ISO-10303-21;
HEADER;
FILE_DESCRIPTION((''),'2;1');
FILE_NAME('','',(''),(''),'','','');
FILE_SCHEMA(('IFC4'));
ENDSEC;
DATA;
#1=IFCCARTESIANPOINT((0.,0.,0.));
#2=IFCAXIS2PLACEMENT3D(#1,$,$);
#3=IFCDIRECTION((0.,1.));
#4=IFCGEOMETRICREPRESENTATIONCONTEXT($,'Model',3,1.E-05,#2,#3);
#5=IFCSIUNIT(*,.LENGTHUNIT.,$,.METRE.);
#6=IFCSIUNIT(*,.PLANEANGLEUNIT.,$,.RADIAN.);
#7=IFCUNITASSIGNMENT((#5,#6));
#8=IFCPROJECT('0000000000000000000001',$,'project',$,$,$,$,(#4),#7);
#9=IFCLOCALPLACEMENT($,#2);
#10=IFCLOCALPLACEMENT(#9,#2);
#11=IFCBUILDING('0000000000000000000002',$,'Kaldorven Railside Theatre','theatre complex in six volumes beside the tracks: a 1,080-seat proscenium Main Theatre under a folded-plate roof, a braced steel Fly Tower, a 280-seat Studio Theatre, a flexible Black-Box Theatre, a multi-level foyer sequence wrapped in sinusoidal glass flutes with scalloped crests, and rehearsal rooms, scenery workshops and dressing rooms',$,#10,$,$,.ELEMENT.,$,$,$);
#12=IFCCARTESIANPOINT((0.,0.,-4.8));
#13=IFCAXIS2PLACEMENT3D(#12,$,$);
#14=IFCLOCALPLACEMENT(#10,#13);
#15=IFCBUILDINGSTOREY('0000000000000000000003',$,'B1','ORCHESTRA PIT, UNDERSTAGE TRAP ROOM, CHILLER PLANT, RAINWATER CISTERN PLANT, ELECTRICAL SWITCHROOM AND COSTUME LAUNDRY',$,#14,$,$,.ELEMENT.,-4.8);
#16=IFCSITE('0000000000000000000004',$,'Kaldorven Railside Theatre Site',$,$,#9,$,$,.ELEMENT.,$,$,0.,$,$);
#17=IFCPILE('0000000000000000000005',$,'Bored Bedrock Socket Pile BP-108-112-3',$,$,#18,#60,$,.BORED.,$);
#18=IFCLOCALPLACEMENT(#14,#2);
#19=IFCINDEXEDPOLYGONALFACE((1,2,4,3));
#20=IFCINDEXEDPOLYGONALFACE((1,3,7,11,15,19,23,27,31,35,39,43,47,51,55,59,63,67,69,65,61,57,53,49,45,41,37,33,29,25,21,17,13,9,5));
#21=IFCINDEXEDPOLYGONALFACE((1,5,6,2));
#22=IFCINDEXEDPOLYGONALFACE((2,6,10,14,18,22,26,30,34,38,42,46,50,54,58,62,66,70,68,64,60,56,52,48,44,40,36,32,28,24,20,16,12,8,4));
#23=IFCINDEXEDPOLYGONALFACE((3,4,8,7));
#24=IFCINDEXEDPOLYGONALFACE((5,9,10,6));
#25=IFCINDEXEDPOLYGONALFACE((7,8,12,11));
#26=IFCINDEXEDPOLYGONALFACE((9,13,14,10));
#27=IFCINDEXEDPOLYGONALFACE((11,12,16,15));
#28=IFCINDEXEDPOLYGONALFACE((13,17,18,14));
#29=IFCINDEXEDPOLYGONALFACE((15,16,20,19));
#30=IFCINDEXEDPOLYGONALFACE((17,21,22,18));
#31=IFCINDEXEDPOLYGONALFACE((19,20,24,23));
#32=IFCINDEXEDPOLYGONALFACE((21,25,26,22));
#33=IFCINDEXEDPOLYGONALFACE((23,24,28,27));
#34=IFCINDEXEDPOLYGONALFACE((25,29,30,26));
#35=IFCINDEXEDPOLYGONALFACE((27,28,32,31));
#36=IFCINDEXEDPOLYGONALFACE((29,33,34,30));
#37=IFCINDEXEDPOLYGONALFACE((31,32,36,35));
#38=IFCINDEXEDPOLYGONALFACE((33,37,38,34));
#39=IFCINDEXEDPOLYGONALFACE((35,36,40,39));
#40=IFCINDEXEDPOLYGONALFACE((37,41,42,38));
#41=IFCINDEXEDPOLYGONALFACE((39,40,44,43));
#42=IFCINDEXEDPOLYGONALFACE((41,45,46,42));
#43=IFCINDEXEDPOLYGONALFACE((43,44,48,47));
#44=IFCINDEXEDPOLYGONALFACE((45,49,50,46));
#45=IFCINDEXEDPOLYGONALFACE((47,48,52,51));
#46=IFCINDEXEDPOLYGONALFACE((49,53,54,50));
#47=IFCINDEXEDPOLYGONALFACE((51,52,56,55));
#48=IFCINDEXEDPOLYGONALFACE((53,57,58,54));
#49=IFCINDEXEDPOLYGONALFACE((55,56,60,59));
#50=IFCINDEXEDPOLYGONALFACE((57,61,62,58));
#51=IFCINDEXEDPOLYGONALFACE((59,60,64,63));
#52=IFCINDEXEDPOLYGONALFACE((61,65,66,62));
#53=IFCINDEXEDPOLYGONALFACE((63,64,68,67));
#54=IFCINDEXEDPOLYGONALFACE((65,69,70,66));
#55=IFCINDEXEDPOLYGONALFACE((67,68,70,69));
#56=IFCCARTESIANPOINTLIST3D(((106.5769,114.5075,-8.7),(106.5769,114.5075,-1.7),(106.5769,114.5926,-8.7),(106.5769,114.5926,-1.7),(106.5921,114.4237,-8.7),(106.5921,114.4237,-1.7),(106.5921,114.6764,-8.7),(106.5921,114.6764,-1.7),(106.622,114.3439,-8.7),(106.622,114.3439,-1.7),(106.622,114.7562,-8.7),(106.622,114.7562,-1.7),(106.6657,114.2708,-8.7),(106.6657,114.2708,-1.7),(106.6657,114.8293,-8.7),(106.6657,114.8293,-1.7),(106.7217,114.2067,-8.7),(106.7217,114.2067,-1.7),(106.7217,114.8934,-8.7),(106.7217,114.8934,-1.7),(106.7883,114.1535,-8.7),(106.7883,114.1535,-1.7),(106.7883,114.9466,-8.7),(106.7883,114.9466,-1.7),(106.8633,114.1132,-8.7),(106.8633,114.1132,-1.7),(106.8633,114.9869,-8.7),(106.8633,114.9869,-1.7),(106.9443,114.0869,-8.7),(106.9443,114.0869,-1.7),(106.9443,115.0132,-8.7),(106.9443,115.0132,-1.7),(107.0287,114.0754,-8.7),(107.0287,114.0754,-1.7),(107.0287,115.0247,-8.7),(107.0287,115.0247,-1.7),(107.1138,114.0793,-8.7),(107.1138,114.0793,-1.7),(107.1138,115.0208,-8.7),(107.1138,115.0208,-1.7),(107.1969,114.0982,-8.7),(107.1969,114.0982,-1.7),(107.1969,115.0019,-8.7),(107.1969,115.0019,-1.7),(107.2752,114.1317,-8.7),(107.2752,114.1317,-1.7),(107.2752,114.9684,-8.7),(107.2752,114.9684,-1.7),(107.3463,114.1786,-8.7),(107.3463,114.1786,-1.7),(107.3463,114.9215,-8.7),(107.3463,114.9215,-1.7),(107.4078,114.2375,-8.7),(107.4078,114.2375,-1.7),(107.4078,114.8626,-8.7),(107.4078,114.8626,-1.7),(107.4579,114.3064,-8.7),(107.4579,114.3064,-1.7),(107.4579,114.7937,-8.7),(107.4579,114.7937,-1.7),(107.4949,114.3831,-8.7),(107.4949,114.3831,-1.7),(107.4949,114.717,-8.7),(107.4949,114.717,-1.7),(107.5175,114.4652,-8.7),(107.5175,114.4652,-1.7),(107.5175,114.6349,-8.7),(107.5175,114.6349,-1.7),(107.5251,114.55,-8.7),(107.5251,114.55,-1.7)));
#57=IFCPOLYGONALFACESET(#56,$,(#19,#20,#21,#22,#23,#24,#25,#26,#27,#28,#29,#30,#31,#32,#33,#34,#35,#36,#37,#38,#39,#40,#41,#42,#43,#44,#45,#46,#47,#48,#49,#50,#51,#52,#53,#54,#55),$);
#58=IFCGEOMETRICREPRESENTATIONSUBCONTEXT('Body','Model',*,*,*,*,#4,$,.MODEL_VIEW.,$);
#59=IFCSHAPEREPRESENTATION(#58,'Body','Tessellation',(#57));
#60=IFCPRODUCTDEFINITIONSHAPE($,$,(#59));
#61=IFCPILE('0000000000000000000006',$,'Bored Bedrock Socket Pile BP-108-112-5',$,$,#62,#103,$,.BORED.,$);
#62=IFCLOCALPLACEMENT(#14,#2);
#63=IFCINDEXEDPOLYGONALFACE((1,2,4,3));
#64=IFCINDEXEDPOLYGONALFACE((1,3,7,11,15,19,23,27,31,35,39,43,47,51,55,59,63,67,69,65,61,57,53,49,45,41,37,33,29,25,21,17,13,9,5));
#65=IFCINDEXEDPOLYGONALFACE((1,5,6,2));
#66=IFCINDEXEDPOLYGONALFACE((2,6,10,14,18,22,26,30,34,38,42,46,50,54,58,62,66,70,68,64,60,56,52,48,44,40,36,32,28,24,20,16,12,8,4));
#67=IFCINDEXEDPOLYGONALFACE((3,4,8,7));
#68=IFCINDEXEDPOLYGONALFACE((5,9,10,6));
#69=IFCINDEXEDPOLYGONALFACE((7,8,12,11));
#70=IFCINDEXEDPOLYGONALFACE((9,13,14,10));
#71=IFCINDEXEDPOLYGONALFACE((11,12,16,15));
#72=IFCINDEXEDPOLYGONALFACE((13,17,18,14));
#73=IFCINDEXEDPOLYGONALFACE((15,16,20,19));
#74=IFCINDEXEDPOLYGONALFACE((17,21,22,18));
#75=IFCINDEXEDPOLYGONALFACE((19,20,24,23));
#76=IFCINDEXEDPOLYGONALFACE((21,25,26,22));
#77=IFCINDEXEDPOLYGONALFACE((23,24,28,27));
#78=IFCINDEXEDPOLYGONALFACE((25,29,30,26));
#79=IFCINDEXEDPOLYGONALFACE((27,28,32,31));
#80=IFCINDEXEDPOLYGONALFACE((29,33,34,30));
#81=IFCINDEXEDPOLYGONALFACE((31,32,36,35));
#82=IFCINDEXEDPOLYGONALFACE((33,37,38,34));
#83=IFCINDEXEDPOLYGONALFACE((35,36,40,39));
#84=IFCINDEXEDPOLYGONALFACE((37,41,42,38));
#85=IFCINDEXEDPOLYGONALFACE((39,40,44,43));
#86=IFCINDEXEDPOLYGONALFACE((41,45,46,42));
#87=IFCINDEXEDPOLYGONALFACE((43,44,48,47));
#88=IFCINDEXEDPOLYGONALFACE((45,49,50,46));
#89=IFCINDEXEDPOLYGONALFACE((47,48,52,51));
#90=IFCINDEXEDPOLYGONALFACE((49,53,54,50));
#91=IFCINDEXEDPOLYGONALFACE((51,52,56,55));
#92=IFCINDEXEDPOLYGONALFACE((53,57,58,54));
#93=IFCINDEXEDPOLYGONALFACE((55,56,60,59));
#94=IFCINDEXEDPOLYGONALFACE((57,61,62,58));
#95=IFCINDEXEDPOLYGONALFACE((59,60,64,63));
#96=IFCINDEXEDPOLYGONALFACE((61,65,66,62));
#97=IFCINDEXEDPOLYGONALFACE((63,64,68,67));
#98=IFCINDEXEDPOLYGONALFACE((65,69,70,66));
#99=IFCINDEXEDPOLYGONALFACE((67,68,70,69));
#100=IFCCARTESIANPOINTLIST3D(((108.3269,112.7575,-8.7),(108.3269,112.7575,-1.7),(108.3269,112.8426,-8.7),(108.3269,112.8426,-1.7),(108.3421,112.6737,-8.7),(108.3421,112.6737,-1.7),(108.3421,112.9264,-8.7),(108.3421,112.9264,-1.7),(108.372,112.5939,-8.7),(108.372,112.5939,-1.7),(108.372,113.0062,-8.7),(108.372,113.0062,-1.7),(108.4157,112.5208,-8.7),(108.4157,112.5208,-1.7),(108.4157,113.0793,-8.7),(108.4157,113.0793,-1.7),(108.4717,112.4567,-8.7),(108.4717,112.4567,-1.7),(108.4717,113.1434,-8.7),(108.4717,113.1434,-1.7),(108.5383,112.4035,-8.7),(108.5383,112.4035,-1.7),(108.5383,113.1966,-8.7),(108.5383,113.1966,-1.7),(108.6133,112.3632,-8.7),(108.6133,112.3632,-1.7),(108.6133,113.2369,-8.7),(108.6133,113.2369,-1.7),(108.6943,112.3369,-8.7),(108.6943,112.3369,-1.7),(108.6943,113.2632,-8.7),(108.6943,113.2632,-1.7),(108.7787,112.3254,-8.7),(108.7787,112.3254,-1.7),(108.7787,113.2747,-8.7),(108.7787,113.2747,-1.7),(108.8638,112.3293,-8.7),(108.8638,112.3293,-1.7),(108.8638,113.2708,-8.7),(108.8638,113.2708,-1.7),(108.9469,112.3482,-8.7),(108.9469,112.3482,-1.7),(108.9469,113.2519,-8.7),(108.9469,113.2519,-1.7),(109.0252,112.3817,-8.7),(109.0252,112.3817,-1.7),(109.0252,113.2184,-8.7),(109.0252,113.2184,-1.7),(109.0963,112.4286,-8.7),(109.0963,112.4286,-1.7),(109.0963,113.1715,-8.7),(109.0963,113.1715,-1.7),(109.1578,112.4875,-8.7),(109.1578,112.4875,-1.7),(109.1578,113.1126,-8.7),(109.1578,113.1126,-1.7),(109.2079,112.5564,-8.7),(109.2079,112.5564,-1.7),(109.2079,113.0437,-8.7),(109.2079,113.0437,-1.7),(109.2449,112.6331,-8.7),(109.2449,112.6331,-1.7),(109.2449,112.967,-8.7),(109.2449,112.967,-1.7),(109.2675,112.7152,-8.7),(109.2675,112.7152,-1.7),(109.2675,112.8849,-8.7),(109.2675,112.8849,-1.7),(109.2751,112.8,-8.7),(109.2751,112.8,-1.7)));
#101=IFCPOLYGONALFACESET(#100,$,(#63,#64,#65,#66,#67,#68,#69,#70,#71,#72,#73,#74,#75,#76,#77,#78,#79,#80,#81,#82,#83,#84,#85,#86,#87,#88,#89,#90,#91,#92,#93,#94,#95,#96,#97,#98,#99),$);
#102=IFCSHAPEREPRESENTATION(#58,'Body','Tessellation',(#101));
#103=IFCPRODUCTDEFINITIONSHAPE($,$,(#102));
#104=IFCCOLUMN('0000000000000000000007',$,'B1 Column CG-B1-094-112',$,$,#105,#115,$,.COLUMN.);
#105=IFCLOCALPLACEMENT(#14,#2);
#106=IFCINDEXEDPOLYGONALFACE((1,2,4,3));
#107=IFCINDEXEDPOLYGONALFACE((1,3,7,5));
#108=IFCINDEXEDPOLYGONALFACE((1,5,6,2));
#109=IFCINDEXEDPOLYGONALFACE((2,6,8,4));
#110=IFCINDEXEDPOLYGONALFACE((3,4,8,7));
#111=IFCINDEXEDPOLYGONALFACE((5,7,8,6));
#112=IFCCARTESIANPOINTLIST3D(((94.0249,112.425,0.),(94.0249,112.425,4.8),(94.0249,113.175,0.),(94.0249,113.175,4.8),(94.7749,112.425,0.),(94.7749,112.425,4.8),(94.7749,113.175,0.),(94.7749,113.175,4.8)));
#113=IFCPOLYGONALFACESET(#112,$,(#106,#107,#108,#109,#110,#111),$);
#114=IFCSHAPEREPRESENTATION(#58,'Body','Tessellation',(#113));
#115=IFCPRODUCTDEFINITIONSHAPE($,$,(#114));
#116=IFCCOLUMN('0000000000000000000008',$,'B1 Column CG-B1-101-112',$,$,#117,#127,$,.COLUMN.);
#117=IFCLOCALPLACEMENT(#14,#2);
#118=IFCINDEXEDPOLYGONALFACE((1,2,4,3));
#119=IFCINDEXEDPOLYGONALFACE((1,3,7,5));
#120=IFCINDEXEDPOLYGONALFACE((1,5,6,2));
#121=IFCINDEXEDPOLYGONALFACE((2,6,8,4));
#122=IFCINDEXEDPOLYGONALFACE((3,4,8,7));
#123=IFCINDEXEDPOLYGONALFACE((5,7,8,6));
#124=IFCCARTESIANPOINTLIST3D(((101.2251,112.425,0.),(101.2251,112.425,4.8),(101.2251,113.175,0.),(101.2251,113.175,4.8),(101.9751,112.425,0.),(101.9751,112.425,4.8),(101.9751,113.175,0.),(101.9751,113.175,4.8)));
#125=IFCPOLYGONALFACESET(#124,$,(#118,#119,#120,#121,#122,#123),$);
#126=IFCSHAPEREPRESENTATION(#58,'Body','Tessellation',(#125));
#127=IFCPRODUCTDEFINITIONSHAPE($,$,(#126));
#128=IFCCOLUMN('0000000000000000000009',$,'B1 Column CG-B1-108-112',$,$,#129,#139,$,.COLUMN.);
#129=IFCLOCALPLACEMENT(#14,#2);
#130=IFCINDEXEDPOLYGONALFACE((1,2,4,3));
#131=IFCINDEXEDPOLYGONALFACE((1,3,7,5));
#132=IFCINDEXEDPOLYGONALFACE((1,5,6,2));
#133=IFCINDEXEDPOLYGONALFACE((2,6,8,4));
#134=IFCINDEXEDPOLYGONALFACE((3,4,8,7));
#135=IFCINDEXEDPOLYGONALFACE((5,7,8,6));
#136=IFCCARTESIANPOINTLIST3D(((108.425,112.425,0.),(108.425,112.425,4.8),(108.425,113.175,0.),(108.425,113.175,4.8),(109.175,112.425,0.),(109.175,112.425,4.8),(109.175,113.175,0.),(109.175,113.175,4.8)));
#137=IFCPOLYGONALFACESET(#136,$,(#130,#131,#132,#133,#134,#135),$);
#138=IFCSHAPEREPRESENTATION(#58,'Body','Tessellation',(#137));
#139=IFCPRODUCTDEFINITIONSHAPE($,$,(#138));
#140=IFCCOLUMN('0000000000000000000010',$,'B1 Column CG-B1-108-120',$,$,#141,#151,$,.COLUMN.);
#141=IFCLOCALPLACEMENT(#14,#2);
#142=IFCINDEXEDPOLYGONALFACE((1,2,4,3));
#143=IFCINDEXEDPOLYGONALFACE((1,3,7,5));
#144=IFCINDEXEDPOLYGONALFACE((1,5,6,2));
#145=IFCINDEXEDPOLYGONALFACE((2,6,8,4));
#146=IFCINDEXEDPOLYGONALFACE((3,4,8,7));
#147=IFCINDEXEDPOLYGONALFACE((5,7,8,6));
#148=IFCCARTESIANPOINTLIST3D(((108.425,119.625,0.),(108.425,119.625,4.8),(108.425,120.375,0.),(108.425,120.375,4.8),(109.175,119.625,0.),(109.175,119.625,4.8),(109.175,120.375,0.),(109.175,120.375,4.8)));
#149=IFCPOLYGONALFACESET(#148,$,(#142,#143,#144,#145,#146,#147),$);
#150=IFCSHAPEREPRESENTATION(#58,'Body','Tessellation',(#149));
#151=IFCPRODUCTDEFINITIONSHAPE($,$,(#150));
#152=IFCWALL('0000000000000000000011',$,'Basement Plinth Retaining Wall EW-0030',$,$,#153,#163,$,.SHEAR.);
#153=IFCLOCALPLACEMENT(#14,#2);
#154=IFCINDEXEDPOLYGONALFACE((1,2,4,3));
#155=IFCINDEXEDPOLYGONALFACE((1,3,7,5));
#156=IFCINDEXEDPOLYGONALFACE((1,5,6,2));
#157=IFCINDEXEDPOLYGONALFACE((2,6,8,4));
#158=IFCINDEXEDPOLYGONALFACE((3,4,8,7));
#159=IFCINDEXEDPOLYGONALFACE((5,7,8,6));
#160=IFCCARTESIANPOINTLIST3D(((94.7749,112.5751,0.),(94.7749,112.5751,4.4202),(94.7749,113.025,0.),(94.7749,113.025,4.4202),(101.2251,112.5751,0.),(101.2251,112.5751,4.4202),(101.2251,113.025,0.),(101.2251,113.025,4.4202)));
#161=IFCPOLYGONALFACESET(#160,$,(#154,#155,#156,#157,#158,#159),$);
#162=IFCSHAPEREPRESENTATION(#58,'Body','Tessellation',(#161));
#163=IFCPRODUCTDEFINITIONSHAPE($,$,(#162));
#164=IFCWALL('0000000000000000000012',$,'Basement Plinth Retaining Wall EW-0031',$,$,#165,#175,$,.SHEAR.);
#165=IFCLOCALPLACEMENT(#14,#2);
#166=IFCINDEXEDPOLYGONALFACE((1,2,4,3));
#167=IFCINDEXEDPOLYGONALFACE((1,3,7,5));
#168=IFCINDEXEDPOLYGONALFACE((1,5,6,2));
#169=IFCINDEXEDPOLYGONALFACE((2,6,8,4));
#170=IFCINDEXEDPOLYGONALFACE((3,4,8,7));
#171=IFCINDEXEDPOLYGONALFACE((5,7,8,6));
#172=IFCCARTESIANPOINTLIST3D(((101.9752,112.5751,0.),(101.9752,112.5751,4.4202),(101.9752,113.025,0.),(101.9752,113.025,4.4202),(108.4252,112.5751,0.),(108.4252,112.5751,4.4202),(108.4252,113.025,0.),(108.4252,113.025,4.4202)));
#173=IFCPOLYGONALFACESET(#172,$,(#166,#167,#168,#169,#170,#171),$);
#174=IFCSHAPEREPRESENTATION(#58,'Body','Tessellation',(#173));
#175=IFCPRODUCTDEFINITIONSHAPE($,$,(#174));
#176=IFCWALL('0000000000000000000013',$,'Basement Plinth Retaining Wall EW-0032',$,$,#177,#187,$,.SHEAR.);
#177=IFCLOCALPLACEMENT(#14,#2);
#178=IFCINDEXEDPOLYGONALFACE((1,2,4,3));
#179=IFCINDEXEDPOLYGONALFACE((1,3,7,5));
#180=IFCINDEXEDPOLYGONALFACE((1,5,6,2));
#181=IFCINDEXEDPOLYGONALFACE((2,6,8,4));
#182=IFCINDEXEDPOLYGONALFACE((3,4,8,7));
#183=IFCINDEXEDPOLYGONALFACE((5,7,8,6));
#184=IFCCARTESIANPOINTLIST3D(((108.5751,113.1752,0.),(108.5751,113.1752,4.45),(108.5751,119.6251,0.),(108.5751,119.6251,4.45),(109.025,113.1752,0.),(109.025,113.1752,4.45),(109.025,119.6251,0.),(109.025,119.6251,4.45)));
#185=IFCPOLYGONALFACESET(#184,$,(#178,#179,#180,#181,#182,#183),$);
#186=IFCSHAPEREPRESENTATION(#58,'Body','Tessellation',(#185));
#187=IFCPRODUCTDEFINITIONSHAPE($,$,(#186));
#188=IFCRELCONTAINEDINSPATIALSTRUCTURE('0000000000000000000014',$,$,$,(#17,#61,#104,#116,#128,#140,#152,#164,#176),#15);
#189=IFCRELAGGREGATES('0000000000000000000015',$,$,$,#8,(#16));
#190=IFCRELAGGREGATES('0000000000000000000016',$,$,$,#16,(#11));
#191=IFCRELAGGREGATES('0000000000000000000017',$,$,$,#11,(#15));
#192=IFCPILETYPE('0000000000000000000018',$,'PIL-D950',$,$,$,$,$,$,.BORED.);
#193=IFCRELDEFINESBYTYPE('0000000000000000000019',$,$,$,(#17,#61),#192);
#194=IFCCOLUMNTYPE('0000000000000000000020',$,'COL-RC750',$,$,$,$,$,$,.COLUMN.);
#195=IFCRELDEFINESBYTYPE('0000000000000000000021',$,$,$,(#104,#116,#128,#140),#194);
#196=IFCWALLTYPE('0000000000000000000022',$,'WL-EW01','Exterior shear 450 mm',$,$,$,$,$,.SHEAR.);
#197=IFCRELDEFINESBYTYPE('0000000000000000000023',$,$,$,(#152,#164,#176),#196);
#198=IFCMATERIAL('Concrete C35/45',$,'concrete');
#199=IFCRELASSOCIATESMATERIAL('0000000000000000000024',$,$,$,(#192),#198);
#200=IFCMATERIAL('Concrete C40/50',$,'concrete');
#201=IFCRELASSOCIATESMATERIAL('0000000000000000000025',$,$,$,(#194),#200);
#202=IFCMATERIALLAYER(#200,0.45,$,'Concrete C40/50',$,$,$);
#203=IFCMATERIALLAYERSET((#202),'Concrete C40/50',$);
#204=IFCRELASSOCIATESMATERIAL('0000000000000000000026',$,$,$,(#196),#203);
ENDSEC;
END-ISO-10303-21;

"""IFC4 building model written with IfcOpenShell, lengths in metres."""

from ifc_helpers import new_model, si_unit, direction, frame, frame_2d, origin, origin_2d, place, context, subcontext, project, spatial, rectangle, circle, extrude, material, layer, layer_set, material_profile, profile_set, type_object, element, save


model = new_model("IFC4")

# Units and contexts
model_context = context("Model", 3, precision=1e-05, world=origin(), true_north=direction((0.0, 1.0)))
body_context = subcontext(model_context, "Body", "Model", "MODEL_VIEW")
ifc_project = project(units=[si_unit("LENGTHUNIT", "METRE"), si_unit("PLANEANGLEUNIT", "RADIAN")], contexts=[model_context])

# Site, building, storey
site_placement = place(None, origin())
site = spatial("IfcSite", under=ifc_project, at=site_placement, Name="Kaldorven Railside Theatre Site", CompositionType="ELEMENT", RefElevation=0.0)
building_placement = place(site_placement, origin())
building = spatial("IfcBuilding", under=site, at=building_placement, Name="Kaldorven Railside Theatre", Description="theatre complex in six volumes beside the tracks: a 1,080-seat proscenium Main Theatre under a folded-plate roof, a braced steel Fly Tower, a 280-seat Studio Theatre, a flexible Black-Box Theatre, a multi-level foyer sequence wrapped in sinusoidal glass flutes with scalloped crests, and rehearsal rooms, scenery workshops and dressing rooms", CompositionType="ELEMENT")
storey_placement = place(building_placement, frame((0.0, 0.0, -4.8)))
storey = spatial("IfcBuildingStorey", under=building, at=storey_placement, Name="B1", Description="ORCHESTRA PIT, UNDERSTAGE TRAP ROOM, CHILLER PLANT, RAINWATER CISTERN PLANT, ELECTRICAL SWITCHROOM AND COSTUME LAUNDRY", CompositionType="ELEMENT", Elevation=-4.8)

# Shared definitions
ifc_material_1 = material(Name="Concrete C40/50", Category="concrete")

# Piles
ifc_material_2 = material(Name="Concrete C35/45", Category="concrete")
ifc_material_profile_1 = material_profile(ifc_material_2, circle(Radius=0.4751, at=origin_2d()), Name="BP D950")
ifc_profile_set_1 = profile_set([ifc_material_profile_1], Name="Concrete C35/45")
pile_type_1 = type_object("IfcPileType", Name="PIL-D950", PredefinedType="BORED", material=ifc_profile_set_1)
for number, where, z_axis, x_axis, name in (
    (1, (107.05, 114.55, -1.7), (0.0, 0.0, -1.0), (1.0, 0.0, 0.0), "Bored Bedrock Socket Pile BP-108-112-3"),
    (2, (108.8, 112.8, -1.7), (0.0, 0.0, -1.0), (1.0, 0.0, 0.0), "Bored Bedrock Socket Pile BP-108-112-5"),
):
    element("IfcPile", number, at=place(storey_placement, frame(where, z_axis=z_axis, x_axis=x_axis)), inside=storey, type_object=pile_type_1, Name=name, PredefinedType="BORED", context=body_context, shape_type="SweptSolid", body=[
        extrude(circle(Radius=0.4751, at=origin_2d()), origin(), (0.0, 0.0, 1.0), 7.0),
    ])

# Columns
ifc_material_profile_2 = material_profile(ifc_material_1, rectangle(XDim=0.75, YDim=0.75, at=origin_2d()), Name="RC 750x750")
ifc_profile_set_2 = profile_set([ifc_material_profile_2], Name="Concrete C40/50")
column_type = type_object("IfcColumnType", Name="COL-RC750", PredefinedType="COLUMN", material=ifc_profile_set_2)
for number, where, z_axis, x_axis, name in (
    (3, (94.3999, 112.8, 0.0), (0.0, 0.0, 1.0), (0.0, 1.0, 0.0), "B1 Column CG-B1-094-112"),
    (4, (101.6001, 112.8, 0.0), (0.0, 0.0, 1.0), (1.0, 0.0, 0.0), "B1 Column CG-B1-101-112"),
    (5, (108.8, 112.8, 0.0), (0.0, 0.0, 1.0), (0.0, 1.0, 0.0), "B1 Column CG-B1-108-112"),
    (6, (108.8, 120.0, 0.0), (0.0, 0.0, 1.0), (1.0, 0.0, 0.0), "B1 Column CG-B1-108-120"),
):
    element("IfcColumn", number, at=place(storey_placement, frame(where, z_axis=z_axis, x_axis=x_axis)), inside=storey, type_object=column_type, Name=name, PredefinedType="COLUMN", context=body_context, shape_type="SweptSolid", body=[
        extrude(rectangle(XDim=0.75, YDim=0.75, at=origin_2d()), origin(), (0.0, 0.0, 1.0), 4.8),
    ])

# Walls
ifc_layer_1 = layer(ifc_material_1, 0.45, Name="Concrete C40/50")
ifc_layer_set_1 = layer_set([ifc_layer_1], Name="Concrete C40/50")
wall_type_1 = type_object("IfcWallType", Name="WL-EW01", Description="Exterior shear 450 mm", PredefinedType="SHEAR", material=ifc_layer_set_1)
wall_1_placement = place(storey_placement, frame((94.7749, 112.8, 0.0), z_axis=(0.0, 0.0, 1.0), x_axis=(1.0, 0.0, 0.0)))
element("IfcWall", 7, at=wall_1_placement, inside=storey, type_object=wall_type_1, Name="Basement Plinth Retaining Wall EW-0030", PredefinedType="SHEAR", context=body_context, shape_type="SweptSolid", body=[
    extrude(rectangle(XDim=6.4502, YDim=0.45, at=frame_2d((3.2251, 0.0))), origin(), (0.0, 0.0, 1.0), 4.4202),
])
wall_2_placement = place(storey_placement, frame((101.9751, 112.8, 0.0), z_axis=(0.0, 0.0, 1.0), x_axis=(1.0, 0.0, 0.0)))
element("IfcWall", 8, at=wall_2_placement, inside=storey, type_object=wall_type_1, Name="Basement Plinth Retaining Wall EW-0031", PredefinedType="SHEAR", context=body_context, shape_type="SweptSolid", body=[
    extrude(rectangle(XDim=6.45, YDim=0.45, at=frame_2d((3.2251, 0.0))), origin(), (0.0, 0.0, 1.0), 4.4202),
])
wall_3_placement = place(storey_placement, frame((108.8, 113.175, 0.0), z_axis=(0.0, 0.0, 1.0), x_axis=(0.0, 1.0, 0.0)))
element("IfcWall", 9, at=wall_3_placement, inside=storey, type_object=wall_type_1, Name="Basement Plinth Retaining Wall EW-0032", PredefinedType="SHEAR", context=body_context, shape_type="SweptSolid", body=[
    extrude(rectangle(XDim=6.45, YDim=0.45, at=frame_2d((3.2251, 0.0))), origin(), (0.0, 0.0, 1.0), 4.45),
])

save(model, "model.ifc")
